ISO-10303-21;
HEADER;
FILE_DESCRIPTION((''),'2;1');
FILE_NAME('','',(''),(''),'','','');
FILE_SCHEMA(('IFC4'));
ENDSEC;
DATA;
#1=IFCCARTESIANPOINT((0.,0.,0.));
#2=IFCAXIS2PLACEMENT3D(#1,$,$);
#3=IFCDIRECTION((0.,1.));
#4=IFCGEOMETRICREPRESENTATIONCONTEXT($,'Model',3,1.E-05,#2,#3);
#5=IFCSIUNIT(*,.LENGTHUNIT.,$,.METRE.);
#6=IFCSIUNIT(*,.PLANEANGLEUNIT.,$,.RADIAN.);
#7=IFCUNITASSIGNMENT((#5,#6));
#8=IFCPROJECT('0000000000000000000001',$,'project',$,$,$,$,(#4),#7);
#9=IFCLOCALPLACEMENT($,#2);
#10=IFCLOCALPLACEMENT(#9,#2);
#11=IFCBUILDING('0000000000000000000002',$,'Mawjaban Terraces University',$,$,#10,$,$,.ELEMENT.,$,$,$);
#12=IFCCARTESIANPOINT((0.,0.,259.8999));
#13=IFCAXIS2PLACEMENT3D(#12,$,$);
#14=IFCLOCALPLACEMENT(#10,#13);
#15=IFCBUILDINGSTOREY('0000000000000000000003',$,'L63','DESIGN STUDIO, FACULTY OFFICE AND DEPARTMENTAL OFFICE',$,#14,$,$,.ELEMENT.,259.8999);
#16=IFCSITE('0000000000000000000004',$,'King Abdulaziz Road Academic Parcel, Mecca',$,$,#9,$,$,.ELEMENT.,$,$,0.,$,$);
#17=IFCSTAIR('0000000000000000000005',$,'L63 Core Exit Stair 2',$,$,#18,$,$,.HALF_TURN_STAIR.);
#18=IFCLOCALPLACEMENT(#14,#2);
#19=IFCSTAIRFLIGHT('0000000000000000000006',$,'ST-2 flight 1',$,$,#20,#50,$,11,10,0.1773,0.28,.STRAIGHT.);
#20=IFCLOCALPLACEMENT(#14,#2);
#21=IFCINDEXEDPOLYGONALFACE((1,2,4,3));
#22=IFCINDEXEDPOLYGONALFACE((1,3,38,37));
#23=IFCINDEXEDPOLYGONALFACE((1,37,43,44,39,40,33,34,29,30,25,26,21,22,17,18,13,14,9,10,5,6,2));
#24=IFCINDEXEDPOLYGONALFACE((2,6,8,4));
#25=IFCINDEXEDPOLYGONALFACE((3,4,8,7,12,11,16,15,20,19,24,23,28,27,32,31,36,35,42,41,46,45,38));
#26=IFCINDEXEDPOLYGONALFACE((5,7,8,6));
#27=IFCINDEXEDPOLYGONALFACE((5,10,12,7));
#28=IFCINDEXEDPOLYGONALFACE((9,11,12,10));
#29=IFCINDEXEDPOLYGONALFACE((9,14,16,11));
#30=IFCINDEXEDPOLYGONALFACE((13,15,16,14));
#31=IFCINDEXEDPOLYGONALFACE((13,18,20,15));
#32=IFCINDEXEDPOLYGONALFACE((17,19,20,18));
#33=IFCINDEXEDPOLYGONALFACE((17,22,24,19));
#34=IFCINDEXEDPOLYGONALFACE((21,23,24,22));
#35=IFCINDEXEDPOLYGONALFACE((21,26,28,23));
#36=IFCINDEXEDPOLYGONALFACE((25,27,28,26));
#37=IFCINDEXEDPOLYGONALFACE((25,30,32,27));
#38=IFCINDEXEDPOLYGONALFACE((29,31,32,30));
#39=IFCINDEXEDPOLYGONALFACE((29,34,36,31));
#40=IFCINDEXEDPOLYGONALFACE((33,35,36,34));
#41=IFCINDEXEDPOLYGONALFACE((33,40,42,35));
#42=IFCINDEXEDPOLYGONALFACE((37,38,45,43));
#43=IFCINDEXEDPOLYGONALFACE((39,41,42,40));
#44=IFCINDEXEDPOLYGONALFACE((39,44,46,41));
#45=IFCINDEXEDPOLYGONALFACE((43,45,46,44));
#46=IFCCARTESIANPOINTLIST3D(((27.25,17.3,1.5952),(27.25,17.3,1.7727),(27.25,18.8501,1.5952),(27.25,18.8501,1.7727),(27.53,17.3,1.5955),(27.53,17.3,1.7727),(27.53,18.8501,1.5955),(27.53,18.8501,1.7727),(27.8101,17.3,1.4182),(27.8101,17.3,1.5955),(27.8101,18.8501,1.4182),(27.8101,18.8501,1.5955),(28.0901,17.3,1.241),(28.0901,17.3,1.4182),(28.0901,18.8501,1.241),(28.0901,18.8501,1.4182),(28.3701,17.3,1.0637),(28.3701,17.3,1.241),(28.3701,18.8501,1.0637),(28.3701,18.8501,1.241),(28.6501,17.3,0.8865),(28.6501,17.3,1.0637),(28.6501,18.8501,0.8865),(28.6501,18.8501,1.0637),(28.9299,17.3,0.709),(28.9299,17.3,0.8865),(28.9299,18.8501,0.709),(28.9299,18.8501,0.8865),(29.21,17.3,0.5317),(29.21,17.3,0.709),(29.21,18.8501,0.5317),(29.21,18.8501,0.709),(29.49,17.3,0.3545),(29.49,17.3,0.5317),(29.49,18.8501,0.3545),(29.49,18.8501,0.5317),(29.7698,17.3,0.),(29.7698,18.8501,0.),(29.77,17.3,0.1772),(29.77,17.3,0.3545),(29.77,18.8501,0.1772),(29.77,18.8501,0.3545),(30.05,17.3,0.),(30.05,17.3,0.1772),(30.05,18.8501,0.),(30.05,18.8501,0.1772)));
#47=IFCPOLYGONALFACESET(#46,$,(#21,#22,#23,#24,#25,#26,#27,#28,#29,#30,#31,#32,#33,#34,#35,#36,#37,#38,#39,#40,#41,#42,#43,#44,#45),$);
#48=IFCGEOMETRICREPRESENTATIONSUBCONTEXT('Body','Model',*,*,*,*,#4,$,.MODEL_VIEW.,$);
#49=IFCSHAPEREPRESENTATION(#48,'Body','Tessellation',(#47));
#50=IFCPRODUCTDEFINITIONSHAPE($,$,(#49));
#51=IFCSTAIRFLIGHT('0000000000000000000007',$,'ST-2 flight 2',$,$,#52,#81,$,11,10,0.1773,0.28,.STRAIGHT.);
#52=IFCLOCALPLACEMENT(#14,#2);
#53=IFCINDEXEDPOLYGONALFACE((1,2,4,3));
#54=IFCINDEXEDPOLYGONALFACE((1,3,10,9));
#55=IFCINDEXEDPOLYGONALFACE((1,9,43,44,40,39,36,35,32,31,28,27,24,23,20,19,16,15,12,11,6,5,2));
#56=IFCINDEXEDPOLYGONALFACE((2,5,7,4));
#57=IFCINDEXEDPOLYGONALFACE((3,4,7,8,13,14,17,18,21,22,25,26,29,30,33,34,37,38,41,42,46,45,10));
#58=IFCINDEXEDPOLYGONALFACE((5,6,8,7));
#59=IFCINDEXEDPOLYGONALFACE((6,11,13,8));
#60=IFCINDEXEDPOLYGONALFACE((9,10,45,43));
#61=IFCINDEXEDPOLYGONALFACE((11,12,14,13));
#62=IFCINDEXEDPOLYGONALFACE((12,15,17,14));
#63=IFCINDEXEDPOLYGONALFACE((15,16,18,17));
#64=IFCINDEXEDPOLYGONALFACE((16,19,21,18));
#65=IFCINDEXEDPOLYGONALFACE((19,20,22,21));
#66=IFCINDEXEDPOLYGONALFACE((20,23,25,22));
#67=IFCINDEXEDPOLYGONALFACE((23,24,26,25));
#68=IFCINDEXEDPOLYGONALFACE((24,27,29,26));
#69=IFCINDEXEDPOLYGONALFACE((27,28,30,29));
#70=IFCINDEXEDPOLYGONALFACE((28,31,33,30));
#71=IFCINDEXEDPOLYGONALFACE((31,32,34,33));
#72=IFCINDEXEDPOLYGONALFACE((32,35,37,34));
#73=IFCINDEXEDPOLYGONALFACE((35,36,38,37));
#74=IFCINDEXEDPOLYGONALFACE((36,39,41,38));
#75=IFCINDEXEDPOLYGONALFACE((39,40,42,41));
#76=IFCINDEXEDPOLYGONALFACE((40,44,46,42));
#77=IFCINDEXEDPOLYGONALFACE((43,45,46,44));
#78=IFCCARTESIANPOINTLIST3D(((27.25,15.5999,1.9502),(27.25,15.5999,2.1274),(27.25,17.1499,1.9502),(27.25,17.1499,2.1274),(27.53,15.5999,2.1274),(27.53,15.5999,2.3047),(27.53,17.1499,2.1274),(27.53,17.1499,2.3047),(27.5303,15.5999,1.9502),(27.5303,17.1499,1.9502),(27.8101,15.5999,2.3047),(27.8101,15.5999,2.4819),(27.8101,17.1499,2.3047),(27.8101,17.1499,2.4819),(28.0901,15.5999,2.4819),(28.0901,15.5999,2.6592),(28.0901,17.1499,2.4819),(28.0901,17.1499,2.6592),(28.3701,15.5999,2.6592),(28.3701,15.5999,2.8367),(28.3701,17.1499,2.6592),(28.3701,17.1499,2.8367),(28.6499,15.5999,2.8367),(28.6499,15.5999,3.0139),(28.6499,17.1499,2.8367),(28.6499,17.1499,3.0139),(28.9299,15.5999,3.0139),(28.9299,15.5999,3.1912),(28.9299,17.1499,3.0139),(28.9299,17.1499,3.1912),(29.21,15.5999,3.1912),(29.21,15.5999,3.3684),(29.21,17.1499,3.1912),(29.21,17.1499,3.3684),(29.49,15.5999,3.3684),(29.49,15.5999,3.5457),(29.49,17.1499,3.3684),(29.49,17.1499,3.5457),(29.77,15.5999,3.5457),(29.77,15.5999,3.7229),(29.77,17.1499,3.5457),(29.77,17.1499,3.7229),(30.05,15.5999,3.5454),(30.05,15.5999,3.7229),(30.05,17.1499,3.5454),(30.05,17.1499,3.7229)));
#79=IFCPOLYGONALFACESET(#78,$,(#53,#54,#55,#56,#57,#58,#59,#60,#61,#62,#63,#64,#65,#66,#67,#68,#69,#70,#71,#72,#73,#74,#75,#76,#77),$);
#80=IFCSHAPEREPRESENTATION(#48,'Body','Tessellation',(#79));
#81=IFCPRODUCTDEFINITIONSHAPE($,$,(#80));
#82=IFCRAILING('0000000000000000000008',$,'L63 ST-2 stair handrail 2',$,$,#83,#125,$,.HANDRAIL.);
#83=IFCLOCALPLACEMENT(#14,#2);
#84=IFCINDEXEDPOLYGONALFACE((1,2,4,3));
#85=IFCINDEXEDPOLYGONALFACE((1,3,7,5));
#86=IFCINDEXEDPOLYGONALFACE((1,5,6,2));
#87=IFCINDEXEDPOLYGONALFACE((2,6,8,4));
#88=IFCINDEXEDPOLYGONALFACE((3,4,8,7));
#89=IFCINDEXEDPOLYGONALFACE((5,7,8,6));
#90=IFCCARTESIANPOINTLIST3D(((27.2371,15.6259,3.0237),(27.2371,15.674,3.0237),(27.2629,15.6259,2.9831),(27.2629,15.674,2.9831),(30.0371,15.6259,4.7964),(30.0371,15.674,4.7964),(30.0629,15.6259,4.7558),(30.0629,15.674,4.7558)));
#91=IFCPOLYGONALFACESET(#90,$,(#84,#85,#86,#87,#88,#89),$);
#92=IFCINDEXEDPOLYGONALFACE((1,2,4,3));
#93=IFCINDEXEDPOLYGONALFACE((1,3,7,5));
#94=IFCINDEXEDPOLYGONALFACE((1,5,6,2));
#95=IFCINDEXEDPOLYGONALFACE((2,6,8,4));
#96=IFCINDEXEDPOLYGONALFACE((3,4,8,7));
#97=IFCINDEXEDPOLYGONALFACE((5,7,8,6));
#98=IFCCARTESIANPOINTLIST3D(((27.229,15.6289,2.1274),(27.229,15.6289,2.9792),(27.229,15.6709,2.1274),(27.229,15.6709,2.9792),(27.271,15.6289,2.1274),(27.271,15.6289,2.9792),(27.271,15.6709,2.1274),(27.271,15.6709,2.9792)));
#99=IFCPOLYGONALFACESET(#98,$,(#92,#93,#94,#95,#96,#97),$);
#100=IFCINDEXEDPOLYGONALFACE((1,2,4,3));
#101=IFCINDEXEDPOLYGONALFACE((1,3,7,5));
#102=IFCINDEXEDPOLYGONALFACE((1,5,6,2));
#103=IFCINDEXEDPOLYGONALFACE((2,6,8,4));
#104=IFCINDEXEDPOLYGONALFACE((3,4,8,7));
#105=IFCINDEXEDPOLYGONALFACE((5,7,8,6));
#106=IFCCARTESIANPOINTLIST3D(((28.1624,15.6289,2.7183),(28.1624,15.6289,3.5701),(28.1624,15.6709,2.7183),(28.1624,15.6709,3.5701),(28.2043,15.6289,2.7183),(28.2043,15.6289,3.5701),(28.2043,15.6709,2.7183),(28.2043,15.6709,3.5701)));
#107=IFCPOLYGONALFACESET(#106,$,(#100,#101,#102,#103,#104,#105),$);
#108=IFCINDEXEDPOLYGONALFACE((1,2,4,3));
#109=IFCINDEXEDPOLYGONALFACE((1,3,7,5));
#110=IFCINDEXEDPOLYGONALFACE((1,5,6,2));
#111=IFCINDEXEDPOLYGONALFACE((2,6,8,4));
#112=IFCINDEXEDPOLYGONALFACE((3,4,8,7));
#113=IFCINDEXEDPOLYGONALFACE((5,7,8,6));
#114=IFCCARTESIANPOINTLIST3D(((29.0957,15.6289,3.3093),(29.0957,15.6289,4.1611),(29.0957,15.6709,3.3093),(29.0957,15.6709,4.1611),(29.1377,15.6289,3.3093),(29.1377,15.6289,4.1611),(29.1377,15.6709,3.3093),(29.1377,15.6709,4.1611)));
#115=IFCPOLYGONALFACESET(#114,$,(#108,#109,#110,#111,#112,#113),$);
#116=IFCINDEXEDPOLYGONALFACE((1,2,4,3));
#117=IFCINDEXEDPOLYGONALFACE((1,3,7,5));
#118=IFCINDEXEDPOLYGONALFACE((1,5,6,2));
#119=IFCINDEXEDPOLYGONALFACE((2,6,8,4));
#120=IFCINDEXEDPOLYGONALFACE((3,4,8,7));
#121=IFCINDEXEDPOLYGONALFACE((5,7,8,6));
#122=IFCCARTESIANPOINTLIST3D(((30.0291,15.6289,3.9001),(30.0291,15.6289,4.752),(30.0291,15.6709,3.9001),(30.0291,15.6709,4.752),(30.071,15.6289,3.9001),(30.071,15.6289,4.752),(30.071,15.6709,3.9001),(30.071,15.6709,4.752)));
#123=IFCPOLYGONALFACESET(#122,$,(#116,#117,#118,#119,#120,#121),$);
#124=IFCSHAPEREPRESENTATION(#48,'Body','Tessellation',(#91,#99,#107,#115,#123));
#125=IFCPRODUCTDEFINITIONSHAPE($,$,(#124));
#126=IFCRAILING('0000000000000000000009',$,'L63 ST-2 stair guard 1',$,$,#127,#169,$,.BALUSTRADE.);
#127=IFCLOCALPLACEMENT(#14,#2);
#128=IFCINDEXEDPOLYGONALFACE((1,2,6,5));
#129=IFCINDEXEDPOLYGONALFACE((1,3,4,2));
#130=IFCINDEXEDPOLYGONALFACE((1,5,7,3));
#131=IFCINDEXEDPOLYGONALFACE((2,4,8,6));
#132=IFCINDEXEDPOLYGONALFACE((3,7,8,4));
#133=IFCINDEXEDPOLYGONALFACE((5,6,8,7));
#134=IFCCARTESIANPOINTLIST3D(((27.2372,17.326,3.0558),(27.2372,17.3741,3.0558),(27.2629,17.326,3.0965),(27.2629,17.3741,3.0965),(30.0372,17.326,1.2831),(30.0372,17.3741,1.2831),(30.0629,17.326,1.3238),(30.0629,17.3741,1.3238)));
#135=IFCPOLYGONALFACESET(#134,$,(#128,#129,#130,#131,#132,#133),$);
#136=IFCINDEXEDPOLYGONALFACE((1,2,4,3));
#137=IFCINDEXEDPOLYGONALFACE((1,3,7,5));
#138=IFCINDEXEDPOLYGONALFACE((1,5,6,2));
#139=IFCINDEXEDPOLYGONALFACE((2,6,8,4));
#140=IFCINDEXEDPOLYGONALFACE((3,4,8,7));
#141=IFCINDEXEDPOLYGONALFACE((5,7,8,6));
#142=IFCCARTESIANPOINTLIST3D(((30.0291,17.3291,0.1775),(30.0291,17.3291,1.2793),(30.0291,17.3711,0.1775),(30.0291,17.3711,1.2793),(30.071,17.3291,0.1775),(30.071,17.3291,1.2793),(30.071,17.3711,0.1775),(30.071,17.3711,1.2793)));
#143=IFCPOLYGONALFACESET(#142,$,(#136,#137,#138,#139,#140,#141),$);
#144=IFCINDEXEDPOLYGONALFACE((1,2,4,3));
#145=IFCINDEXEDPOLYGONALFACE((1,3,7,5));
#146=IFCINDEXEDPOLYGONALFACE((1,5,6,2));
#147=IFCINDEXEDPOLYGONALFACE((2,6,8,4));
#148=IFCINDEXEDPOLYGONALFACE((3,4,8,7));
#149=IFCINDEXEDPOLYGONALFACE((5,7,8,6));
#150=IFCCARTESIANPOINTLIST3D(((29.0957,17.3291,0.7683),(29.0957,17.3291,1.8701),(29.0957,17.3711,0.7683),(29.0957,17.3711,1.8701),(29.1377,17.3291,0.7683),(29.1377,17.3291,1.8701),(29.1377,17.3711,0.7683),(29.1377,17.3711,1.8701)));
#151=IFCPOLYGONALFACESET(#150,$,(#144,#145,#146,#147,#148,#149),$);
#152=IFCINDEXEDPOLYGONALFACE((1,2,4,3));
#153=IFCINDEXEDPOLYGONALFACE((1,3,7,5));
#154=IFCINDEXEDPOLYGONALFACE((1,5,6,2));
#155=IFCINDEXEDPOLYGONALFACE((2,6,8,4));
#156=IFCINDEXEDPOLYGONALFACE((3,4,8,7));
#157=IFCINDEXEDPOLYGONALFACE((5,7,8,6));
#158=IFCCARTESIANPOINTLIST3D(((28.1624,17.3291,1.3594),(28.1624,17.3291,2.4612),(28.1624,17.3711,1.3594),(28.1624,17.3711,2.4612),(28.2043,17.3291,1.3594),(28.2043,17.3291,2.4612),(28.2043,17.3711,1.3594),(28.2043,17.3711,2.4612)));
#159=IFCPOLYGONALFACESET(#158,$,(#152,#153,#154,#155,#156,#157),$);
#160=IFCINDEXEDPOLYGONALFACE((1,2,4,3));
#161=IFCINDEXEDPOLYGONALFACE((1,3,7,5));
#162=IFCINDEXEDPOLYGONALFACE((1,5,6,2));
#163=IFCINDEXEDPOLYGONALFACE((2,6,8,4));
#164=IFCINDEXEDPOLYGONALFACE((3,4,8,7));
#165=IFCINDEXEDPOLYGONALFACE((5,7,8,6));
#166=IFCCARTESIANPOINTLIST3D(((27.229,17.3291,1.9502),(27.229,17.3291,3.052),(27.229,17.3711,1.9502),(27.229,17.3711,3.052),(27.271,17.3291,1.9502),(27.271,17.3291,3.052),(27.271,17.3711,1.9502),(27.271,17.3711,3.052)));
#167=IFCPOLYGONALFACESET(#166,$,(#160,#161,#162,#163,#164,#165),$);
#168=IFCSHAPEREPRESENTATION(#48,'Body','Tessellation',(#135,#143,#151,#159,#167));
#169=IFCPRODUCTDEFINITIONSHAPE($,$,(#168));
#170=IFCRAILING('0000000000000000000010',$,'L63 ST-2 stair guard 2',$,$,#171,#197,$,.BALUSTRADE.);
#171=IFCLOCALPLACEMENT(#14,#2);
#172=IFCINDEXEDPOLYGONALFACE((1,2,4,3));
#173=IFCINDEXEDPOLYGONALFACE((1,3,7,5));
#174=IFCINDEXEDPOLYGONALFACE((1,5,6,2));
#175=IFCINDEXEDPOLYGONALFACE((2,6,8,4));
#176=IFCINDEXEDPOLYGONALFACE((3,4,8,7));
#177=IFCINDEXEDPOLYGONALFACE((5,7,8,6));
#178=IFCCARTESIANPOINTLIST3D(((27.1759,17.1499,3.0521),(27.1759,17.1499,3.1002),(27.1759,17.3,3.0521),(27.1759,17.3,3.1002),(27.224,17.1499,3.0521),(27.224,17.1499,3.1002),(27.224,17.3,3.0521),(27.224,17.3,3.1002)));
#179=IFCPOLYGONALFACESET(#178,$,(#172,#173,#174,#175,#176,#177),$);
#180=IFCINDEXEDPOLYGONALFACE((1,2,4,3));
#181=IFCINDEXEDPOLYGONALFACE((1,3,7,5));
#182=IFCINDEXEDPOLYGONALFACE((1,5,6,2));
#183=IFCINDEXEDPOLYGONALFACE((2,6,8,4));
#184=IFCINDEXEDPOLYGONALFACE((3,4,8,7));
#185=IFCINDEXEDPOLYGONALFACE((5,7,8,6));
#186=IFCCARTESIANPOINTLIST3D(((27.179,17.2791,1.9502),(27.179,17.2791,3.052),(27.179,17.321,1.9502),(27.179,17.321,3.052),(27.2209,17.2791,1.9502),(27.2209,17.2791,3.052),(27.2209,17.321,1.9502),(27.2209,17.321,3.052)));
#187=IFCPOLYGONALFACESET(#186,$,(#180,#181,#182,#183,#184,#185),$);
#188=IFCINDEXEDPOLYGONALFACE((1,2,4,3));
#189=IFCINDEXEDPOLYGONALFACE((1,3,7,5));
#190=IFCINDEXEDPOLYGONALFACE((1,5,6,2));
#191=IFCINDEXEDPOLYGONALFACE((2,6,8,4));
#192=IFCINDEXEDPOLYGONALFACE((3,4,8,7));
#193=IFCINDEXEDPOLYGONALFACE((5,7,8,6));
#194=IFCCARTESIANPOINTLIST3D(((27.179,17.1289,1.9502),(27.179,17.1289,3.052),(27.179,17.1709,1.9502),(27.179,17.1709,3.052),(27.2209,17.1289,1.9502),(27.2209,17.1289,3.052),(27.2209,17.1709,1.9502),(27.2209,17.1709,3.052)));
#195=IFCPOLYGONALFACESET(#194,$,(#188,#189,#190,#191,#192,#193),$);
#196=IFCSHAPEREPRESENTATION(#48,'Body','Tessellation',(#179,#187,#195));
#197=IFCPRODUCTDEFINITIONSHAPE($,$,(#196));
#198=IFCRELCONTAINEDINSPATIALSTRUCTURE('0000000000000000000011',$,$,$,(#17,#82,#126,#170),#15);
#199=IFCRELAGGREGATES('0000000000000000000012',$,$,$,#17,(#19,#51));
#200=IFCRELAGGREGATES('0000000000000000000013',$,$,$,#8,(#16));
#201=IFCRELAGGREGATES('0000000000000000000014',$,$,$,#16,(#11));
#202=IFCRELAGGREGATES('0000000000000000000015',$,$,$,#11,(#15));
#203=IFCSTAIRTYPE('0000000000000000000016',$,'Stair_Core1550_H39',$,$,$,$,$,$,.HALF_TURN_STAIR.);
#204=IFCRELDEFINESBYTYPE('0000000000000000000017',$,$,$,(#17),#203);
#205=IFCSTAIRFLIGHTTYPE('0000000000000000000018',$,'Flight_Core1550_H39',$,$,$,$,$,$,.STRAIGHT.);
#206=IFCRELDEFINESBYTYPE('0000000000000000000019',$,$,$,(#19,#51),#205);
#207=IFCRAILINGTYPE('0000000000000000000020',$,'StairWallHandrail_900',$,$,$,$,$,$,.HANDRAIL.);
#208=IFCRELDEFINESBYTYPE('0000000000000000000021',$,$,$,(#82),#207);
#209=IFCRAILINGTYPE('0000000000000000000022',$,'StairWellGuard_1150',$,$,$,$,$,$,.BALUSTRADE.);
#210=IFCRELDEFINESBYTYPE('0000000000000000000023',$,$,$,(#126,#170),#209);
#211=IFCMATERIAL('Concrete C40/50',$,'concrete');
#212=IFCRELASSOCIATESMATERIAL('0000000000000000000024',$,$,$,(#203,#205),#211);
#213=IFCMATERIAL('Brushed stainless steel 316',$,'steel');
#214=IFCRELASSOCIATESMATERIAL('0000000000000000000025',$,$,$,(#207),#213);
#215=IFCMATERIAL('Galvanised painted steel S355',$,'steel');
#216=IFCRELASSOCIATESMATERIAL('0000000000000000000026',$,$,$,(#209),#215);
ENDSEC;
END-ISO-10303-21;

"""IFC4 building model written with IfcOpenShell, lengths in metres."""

from ifc_helpers import new_model, si_unit, direction, frame, origin, origin_2d, place, context, subcontext, project, spatial, polyline, rectangle, outline, extrude, material, type_object, element, aggregate, save


model = new_model("IFC4")

# Units and contexts
model_context = context("Model", 3, precision=1e-05, world=origin(), true_north=direction((0.0, 1.0)))
body_context = subcontext(model_context, "Body", "Model", "MODEL_VIEW")
ifc_project = project(units=[si_unit("LENGTHUNIT", "METRE"), si_unit("PLANEANGLEUNIT", "RADIAN")], contexts=[model_context])

# Site, building, storey
site_placement = place(None, origin())
site = spatial("IfcSite", under=ifc_project, at=site_placement, Name="King Abdulaziz Road Academic Parcel, Mecca", CompositionType="ELEMENT", RefElevation=0.0)
building_placement = place(site_placement, origin())
building = spatial("IfcBuilding", under=site, at=building_placement, Name="Mawjaban Terraces University", CompositionType="ELEMENT")
storey_placement = place(building_placement, frame((0.0, 0.0, 259.8999)))
storey = spatial("IfcBuildingStorey", under=building, at=storey_placement, Name="L63", Description="DESIGN STUDIO, FACULTY OFFICE AND DEPARTMENTAL OFFICE", CompositionType="ELEMENT", Elevation=259.8999)

# Shared definitions
ifc_material_1 = material(Name="Concrete C40/50", Category="concrete")

# Stair, stair flights
stair_type = type_object("IfcStairType", Name="Stair_Core1550_H39", PredefinedType="HALF_TURN_STAIR", material=ifc_material_1)
stair_placement = place(storey_placement, origin())
stair = element("IfcStair", 1, at=stair_placement, inside=storey, type_object=stair_type, Name="L63 Core Exit Stair 2", PredefinedType="HALF_TURN_STAIR")
stair_flight_type = type_object("IfcStairFlightType", Name="Flight_Core1550_H39", PredefinedType="STRAIGHT", material=ifc_material_1)
stair_flight_1_placement = place(storey_placement, frame((30.05, 18.075, 0.0), z_axis=(0.0, 0.0, 1.0), x_axis=(-1.0, 0.0, 0.0)))
stair_flight_1 = element("IfcStairFlight", 2, at=stair_flight_1_placement, type_object=stair_flight_type, Name="ST-2 flight 1", NumberOfRisers=11, NumberOfTreads=10, PredefinedType="STRAIGHT", RiserHeight=0.1773, TreadLength=0.28, context=body_context, shape_type="SweptSolid", body=[
    extrude(outline(polyline([(0.0, 0.0), (0.0, 0.1772), (0.28, 0.1772), (0.28, 0.3545), (0.5601, 0.3545), (0.5601, 0.5317), (0.8401, 0.5317), (0.8401, 0.709), (1.1201, 0.709), (1.1201, 0.8865), (1.3999, 0.8865), (1.3999, 1.0637), (1.6799, 1.0637), (1.6799, 1.241), (1.96, 1.241), (1.96, 1.4182), (2.24, 1.4182), (2.24, 1.5955), (2.52, 1.5955), (2.52, 1.7727), (2.8, 1.7727), (2.8, 1.95), (2.8, 1.5952), (0.2803, 0.0), (0.0, 0.0)])), frame((0.0, 0.7749, 0.0), z_axis=(0.0, -1.0, 0.0), x_axis=(1.0, 0.0, 0.0)), (0.0, 0.0, 1.0), 1.55),
])
stair_flight_2_placement = place(storey_placement, frame((27.25, 16.375, 1.9502), z_axis=(0.0, 0.0, 1.0), x_axis=(1.0, 0.0, 0.0)))
stair_flight_2 = element("IfcStairFlight", 3, at=stair_flight_2_placement, type_object=stair_flight_type, Name="ST-2 flight 2", NumberOfRisers=11, NumberOfTreads=10, PredefinedType="STRAIGHT", RiserHeight=0.1773, TreadLength=0.28, context=body_context, shape_type="SweptSolid", body=[
    extrude(outline(polyline([(0.0, 0.0), (0.0, 0.1772), (0.28, 0.1772), (0.28, 0.3545), (0.5601, 0.3545), (0.5601, 0.5317), (0.8401, 0.5317), (0.8401, 0.709), (1.1201, 0.709), (1.1201, 0.8865), (1.3999, 0.8865), (1.3999, 1.0637), (1.6799, 1.0637), (1.6799, 1.241), (1.96, 1.241), (1.96, 1.4182), (2.24, 1.4182), (2.24, 1.5955), (2.52, 1.5955), (2.52, 1.7727), (2.8, 1.7727), (2.8, 1.95), (2.8, 1.5952), (0.2803, 0.0), (0.0, 0.0)])), frame((0.0, 0.7749, 0.0), z_axis=(0.0, -1.0, 0.0), x_axis=(1.0, 0.0, 0.0)), (0.0, 0.0, 1.0), 1.55),
])
aggregate(stair, [stair_flight_1, stair_flight_2])

# Railings
ifc_material_2 = material(Name="Brushed stainless steel 316", Category="steel")
railing_type_1 = type_object("IfcRailingType", Name="StairWallHandrail_900", PredefinedType="HANDRAIL", material=ifc_material_2)
railing_1_placement = place(storey_placement, frame((27.25, 15.6499, 2.1274)))
element("IfcRailing", 4, at=railing_1_placement, inside=storey, type_object=railing_type_1, Name="L63 ST-2 stair handrail 2", PredefinedType="HANDRAIL", context=body_context, shape_type="SweptSolid", body=[
    extrude(rectangle(XDim=0.0481, YDim=0.0481, at=origin_2d()), frame((0.0, 0.0, 0.876), z_axis=(0.844909, 0.0, 0.53491), x_axis=(0.0, 1.0, 0.0)), (0.0, 0.0, 1.0), 3.314),
    extrude(rectangle(XDim=0.042, YDim=0.042, at=origin_2d()), origin(), (0.0, 0.0, 1.0), 0.8518),
    extrude(rectangle(XDim=0.042, YDim=0.042, at=origin_2d()), frame((0.9333, 0.0, 0.5908)), (0.0, 0.0, 1.0), 0.8518),
    extrude(rectangle(XDim=0.042, YDim=0.042, at=origin_2d()), frame((1.8667, 0.0, 1.1819)), (0.0, 0.0, 1.0), 0.8518),
    extrude(rectangle(XDim=0.042, YDim=0.042, at=origin_2d()), frame((2.8, 0.0, 1.7727)), (0.0, 0.0, 1.0), 0.8518),
])
ifc_material_3 = material(Name="Galvanised painted steel S355", Category="steel")
railing_type_2 = type_object("IfcRailingType", Name="StairWellGuard_1150", PredefinedType="BALUSTRADE", material=ifc_material_3)
railing_2_placement = place(storey_placement, frame((30.05, 17.3501, 0.1775)))
element("IfcRailing", 5, at=railing_2_placement, inside=storey, type_object=railing_type_2, Name="L63 ST-2 stair guard 1", PredefinedType="BALUSTRADE", context=body_context, shape_type="SweptSolid", body=[
    extrude(rectangle(XDim=0.0481, YDim=0.0481, at=origin_2d()), frame((0.0, 0.0, 1.126), z_axis=(-0.844909, 0.0, 0.53491), x_axis=(0.0, -1.0, 0.0)), (0.0, 0.0, 1.0), 3.314),
    extrude(rectangle(XDim=0.042, YDim=0.042, at=origin_2d()), origin(), (0.0, 0.0, 1.0), 1.1018),
    extrude(rectangle(XDim=0.042, YDim=0.042, at=origin_2d()), frame((-0.9333, 0.0, 0.5908)), (0.0, 0.0, 1.0), 1.1018),
    extrude(rectangle(XDim=0.042, YDim=0.042, at=origin_2d()), frame((-1.8667, 0.0, 1.1819)), (0.0, 0.0, 1.0), 1.1018),
    extrude(rectangle(XDim=0.042, YDim=0.042, at=origin_2d()), frame((-2.8, 0.0, 1.7727)), (0.0, 0.0, 1.0), 1.1018),
])
railing_3_placement = place(storey_placement, frame((27.2, 17.3, 1.9502)))
element("IfcRailing", 6, at=railing_3_placement, inside=storey, type_object=railing_type_2, Name="L63 ST-2 stair guard 2", PredefinedType="BALUSTRADE", context=body_context, shape_type="SweptSolid", body=[
    extrude(rectangle(XDim=0.0481, YDim=0.0481, at=origin_2d()), frame((0.0, 0.0, 1.126), z_axis=(0.0, -1.0, 0.0), x_axis=(1.0, 0.0, 0.0)), (0.0, 0.0, 1.0), 0.1501),
    extrude(rectangle(XDim=0.042, YDim=0.042, at=origin_2d()), origin(), (0.0, 0.0, 1.0), 1.1018),
    extrude(rectangle(XDim=0.042, YDim=0.042, at=origin_2d()), frame((0.0, -0.1501, 0.0)), (0.0, 0.0, 1.0), 1.1018),
])

save(model, "model.ifc")
